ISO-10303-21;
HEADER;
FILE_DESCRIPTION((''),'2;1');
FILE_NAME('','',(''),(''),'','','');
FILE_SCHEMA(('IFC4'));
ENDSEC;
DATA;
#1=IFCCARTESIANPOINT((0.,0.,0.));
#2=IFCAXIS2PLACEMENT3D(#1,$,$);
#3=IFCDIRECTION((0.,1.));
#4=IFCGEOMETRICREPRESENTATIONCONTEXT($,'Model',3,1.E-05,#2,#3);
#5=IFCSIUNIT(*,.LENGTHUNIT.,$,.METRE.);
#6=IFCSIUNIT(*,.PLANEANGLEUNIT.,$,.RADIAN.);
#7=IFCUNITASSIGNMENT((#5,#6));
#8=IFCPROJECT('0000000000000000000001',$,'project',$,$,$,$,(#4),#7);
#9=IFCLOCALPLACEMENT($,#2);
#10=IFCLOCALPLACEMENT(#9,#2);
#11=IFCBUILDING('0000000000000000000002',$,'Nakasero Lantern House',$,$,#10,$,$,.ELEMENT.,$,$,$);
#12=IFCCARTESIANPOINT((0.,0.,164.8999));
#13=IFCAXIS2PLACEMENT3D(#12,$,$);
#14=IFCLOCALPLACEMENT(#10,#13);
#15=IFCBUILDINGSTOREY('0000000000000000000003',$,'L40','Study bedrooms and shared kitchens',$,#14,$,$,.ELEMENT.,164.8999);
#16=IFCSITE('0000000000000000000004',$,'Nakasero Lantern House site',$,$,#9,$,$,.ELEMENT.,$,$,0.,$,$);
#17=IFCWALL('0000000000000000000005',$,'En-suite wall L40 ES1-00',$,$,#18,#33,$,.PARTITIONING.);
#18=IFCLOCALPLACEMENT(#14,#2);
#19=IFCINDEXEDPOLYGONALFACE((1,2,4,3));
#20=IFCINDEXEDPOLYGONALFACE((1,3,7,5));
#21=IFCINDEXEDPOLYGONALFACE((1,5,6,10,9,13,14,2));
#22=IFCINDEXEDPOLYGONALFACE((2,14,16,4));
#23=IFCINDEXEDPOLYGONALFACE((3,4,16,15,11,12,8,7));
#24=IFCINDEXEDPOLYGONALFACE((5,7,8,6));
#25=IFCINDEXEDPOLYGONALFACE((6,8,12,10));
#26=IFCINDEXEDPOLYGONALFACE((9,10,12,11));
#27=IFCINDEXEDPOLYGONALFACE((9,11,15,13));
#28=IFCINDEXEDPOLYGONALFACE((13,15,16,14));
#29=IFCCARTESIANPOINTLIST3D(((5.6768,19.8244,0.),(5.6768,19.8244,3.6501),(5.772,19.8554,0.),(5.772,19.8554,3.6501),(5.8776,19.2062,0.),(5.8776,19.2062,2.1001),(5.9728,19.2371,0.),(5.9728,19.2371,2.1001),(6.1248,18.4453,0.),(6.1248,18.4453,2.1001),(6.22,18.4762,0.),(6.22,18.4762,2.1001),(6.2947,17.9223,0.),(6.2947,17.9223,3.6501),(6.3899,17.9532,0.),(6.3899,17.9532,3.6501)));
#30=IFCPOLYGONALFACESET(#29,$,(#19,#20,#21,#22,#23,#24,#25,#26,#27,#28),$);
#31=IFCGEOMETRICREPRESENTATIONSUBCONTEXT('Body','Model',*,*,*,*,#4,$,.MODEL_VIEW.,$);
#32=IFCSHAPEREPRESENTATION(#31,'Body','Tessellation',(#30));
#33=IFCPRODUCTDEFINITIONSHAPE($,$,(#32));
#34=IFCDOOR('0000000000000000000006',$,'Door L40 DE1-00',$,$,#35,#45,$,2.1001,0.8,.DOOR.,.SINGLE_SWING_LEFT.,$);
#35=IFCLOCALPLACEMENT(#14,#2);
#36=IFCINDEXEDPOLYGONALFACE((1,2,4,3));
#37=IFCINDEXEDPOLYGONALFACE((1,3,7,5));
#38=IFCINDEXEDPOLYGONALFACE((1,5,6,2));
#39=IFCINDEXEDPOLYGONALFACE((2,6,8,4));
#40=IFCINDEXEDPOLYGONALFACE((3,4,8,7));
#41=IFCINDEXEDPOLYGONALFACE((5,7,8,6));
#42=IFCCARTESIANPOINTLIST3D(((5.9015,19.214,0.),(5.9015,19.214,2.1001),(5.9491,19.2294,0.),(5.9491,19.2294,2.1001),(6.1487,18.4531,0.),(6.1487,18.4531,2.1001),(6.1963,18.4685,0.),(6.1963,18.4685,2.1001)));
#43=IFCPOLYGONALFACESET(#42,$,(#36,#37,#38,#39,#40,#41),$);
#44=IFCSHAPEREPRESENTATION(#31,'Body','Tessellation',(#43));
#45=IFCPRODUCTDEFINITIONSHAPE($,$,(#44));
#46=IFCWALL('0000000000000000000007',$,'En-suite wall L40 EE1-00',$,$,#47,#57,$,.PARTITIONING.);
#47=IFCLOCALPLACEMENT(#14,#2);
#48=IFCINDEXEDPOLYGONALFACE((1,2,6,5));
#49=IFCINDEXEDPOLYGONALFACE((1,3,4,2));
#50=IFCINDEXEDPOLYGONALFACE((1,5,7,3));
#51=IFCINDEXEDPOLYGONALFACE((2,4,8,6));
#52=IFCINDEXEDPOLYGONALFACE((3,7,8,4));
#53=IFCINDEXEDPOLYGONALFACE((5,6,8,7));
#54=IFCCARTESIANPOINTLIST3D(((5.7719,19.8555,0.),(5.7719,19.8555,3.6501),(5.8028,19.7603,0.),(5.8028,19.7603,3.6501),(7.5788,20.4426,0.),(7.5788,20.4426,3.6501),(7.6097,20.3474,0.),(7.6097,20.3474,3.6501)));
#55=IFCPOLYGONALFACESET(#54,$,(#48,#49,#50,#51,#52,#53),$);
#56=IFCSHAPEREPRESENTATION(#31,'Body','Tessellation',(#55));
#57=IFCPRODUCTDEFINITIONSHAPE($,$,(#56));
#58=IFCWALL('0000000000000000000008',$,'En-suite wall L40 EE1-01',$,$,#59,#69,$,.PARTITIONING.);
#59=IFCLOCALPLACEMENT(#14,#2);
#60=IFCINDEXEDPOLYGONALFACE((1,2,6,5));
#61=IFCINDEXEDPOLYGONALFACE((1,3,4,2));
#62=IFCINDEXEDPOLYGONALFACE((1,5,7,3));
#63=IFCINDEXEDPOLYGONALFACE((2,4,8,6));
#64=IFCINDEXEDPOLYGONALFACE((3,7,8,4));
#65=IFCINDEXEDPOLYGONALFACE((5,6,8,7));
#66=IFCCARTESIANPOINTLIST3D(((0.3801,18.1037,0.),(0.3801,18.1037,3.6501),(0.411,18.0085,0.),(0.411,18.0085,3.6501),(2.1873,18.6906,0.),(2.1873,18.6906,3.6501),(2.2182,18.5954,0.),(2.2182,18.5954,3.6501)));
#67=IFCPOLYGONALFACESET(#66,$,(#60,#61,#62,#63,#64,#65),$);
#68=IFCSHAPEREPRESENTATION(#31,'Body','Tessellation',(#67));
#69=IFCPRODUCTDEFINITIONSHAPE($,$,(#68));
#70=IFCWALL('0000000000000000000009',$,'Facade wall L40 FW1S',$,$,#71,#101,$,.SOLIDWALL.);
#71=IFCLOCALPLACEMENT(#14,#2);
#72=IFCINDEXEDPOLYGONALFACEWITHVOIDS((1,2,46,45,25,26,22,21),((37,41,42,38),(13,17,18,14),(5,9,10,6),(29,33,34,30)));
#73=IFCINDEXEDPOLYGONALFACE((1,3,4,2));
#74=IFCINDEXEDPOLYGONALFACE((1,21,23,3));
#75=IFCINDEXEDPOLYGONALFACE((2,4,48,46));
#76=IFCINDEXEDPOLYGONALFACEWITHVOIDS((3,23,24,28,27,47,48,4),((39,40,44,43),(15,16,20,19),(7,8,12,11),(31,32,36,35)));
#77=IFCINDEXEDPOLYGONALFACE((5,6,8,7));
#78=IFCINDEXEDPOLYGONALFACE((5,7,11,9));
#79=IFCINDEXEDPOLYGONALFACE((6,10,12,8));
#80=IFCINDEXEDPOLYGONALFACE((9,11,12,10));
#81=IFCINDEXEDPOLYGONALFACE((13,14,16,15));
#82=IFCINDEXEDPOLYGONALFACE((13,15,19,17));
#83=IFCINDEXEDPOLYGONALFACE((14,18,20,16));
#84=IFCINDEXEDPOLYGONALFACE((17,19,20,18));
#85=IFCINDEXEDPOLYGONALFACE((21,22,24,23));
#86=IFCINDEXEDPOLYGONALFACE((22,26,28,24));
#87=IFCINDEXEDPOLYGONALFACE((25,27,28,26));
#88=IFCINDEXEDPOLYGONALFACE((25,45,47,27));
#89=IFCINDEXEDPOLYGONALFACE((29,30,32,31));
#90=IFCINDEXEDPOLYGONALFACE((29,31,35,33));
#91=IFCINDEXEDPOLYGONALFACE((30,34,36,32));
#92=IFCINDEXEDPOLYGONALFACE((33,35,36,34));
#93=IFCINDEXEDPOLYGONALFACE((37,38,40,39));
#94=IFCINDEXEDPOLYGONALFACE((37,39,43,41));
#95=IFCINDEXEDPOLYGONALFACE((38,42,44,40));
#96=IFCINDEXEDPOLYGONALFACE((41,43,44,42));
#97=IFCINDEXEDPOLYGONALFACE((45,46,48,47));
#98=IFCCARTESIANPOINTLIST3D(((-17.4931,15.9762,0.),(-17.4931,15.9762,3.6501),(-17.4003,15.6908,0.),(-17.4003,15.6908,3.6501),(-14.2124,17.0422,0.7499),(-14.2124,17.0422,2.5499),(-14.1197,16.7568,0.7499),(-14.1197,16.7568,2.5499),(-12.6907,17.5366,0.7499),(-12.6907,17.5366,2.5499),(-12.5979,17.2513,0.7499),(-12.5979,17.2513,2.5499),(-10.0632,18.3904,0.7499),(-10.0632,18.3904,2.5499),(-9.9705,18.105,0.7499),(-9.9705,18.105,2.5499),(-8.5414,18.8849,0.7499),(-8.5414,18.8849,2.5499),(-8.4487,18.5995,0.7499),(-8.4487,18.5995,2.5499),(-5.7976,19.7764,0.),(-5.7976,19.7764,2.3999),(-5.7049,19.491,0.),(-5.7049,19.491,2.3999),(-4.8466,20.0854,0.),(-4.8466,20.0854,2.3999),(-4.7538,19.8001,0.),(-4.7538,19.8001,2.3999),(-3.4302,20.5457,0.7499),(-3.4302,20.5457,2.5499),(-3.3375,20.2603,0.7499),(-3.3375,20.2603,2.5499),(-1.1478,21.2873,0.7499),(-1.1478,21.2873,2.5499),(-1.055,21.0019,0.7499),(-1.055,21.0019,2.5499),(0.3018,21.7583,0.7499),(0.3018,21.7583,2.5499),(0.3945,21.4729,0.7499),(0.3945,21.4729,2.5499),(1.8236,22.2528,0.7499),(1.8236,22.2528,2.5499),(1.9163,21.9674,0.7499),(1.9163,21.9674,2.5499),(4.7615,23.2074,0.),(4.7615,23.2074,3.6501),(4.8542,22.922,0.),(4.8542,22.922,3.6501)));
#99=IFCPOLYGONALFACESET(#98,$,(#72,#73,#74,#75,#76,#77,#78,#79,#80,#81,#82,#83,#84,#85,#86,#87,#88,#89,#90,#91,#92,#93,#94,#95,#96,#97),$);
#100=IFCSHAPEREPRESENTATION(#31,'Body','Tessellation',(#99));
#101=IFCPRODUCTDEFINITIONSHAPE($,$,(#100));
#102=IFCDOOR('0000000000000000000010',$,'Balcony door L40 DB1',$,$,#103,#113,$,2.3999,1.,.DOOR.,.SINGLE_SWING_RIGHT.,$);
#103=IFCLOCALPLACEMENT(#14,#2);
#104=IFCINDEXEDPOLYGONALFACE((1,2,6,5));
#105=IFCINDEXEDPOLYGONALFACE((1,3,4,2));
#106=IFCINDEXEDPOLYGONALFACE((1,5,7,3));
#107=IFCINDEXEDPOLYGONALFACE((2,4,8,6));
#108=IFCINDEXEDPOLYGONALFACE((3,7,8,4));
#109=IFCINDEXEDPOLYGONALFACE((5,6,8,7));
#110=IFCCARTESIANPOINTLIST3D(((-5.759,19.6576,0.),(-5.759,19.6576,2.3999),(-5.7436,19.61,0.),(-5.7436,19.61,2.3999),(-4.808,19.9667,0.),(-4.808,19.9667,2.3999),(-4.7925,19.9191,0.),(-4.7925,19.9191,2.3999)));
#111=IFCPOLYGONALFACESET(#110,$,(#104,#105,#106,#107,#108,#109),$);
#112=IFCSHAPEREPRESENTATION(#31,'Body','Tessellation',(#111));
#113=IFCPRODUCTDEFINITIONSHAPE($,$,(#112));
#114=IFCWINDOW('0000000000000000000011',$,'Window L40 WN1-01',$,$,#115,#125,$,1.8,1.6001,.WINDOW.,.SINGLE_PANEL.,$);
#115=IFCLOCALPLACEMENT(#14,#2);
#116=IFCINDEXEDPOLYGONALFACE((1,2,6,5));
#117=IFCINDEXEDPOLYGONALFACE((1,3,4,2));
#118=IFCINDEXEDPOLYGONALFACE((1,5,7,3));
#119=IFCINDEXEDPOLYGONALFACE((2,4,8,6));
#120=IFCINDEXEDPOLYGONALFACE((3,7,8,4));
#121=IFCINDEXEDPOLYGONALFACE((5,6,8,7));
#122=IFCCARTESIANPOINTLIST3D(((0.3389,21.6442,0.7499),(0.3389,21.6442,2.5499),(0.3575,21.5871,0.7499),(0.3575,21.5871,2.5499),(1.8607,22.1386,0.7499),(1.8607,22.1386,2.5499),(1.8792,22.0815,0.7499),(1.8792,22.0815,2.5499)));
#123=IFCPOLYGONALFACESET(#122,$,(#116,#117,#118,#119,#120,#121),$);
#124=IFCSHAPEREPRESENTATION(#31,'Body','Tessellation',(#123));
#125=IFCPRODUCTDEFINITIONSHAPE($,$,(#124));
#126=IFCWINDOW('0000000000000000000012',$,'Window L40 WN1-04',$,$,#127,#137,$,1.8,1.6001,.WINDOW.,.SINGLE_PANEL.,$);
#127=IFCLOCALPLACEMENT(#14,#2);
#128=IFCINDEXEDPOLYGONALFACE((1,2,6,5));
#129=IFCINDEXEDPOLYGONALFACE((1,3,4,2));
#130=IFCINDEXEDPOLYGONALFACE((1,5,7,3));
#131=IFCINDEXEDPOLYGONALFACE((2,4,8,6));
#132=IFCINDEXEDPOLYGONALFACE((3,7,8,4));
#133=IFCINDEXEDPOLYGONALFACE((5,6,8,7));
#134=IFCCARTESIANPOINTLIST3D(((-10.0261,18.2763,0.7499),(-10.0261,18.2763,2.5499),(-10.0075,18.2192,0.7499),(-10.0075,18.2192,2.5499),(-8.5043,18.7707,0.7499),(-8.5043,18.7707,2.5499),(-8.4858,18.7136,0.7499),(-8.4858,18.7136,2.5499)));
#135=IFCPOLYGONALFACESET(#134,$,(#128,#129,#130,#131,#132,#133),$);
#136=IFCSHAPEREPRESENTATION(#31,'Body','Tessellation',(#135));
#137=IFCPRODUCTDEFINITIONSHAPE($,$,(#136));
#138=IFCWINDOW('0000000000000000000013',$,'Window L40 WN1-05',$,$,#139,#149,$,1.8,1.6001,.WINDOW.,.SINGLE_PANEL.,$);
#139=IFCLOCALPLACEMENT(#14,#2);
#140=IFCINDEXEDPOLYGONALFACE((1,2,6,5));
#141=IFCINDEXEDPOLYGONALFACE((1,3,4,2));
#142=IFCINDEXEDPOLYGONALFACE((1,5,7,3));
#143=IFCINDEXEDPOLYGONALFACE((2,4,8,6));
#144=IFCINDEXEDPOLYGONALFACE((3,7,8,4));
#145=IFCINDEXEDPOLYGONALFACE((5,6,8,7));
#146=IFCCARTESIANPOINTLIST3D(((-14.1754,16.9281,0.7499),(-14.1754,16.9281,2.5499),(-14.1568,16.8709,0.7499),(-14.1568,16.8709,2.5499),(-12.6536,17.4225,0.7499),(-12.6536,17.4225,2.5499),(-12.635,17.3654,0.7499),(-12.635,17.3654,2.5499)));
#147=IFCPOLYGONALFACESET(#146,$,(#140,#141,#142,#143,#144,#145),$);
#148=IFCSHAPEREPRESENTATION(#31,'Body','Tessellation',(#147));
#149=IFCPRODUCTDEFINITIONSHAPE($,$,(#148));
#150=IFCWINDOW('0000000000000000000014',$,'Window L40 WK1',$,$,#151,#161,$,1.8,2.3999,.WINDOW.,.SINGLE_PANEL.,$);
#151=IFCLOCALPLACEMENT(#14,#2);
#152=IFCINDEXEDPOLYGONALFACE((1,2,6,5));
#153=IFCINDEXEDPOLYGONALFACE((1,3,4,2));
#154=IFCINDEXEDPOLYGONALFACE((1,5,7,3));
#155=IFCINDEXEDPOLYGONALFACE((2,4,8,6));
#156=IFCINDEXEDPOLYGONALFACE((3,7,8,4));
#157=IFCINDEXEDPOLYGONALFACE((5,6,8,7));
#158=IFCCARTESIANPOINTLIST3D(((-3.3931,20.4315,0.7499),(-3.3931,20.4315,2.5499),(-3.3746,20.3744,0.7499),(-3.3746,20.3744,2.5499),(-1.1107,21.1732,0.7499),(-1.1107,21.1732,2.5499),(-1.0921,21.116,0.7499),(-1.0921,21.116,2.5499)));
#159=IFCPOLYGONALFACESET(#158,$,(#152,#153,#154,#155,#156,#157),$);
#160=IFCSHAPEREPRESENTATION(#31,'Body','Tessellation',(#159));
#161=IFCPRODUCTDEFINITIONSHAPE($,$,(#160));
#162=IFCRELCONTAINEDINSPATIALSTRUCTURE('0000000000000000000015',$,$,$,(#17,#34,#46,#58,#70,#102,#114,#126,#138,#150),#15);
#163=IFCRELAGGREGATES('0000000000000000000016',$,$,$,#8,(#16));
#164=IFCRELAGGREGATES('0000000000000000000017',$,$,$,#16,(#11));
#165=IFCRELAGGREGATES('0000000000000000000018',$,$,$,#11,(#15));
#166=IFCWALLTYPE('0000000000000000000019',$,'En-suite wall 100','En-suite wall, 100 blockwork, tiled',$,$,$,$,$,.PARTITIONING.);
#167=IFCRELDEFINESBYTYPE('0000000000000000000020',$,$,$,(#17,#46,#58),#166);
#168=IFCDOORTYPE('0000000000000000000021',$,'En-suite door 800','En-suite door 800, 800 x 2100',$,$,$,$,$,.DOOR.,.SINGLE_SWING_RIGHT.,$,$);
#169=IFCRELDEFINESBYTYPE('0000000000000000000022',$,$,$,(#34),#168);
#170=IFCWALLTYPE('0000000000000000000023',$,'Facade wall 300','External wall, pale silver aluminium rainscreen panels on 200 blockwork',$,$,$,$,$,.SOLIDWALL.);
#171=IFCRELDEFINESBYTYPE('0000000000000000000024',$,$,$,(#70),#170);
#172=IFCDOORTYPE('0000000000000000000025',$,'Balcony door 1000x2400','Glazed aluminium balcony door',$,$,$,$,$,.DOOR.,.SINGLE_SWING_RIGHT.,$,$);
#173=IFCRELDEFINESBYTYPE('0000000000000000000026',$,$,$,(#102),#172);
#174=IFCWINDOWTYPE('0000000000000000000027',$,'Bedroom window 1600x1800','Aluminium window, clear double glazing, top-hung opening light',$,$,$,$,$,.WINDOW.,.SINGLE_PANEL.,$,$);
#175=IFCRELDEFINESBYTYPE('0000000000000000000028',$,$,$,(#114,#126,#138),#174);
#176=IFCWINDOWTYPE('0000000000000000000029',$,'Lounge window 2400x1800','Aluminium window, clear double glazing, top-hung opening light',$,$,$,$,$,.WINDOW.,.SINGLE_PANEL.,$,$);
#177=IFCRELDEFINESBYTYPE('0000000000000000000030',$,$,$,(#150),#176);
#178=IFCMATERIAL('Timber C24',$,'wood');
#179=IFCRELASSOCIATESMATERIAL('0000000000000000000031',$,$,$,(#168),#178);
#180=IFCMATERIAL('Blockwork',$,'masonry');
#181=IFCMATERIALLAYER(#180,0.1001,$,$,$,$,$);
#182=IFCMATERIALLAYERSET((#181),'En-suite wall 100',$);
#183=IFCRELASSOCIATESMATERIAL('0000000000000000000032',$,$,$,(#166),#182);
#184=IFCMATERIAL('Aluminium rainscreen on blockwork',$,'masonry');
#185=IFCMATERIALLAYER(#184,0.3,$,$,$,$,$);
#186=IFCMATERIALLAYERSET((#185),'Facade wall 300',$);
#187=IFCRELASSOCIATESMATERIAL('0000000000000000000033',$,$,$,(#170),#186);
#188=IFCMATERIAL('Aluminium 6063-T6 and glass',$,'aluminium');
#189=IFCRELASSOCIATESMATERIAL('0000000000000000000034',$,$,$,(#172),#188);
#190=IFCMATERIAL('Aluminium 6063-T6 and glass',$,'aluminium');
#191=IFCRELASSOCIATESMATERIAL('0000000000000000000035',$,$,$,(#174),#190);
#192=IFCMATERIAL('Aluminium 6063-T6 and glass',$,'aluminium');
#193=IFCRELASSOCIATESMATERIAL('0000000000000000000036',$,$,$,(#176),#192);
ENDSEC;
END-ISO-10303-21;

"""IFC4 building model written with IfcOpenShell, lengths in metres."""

from ifc_helpers import new_model, si_unit, direction, frame, frame_2d, origin, place, context, subcontext, project, spatial, rectangle, extrude, material, layer, layer_set, type_object, element, fill, save


model = new_model("IFC4")

# Units and contexts
model_context = context("Model", 3, precision=1e-05, world=origin(), true_north=direction((0.0, 1.0)))
body_context = subcontext(model_context, "Body", "Model", "MODEL_VIEW")
ifc_project = project(units=[si_unit("LENGTHUNIT", "METRE"), si_unit("PLANEANGLEUNIT", "RADIAN")], contexts=[model_context])

# Site, building, storey
site_placement = place(None, origin())
site = spatial("IfcSite", under=ifc_project, at=site_placement, Name="Nakasero Lantern House site", CompositionType="ELEMENT", RefElevation=0.0)
building_placement = place(site_placement, origin())
building = spatial("IfcBuilding", under=site, at=building_placement, Name="Nakasero Lantern House", CompositionType="ELEMENT")
storey_placement = place(building_placement, frame((0.0, 0.0, 164.8999)))
storey = spatial("IfcBuildingStorey", under=building, at=storey_placement, Name="L40", Description="Study bedrooms and shared kitchens", CompositionType="ELEMENT", Elevation=164.8999)

# Shared definitions
ifc_material_1 = material(Name="Timber C24", Category="wood")
door_type_1 = type_object("IfcDoorType", Name="En-suite door 800", Description="En-suite door 800, 800 x 2100", OperationType="SINGLE_SWING_RIGHT", PredefinedType="DOOR", material=ifc_material_1)

# Shared definitions
ifc_material_2 = material(Name="Blockwork", Category="masonry")
ifc_layer_1 = layer(ifc_material_2, 0.1001)
ifc_layer_set_1 = layer_set([ifc_layer_1], Name="En-suite wall 100")
wall_type_1 = type_object("IfcWallType", Name="En-suite wall 100", Description="En-suite wall, 100 blockwork, tiled", PredefinedType="PARTITIONING", material=ifc_layer_set_1)

# Wall, opening, door
wall_1_placement = place(storey_placement, frame((6.3423, 17.9377, 0.0), z_axis=(0.0, 0.0, 1.0), x_axis=(-0.308967, 0.951073, 0.0)))
wall_1 = element("IfcWall", 1, at=wall_1_placement, inside=storey, type_object=wall_type_1, Name="En-suite wall L40 ES1-00", PredefinedType="PARTITIONING", context=body_context, shape_type="SweptSolid", body=[
    extrude(rectangle(XDim=2.0, YDim=0.1001, at=frame_2d((1.0, 0.0))), origin(), (0.0, 0.0, 1.0), 3.6501),
])
opening_1_placement = place(wall_1_placement, frame((0.55, 0.0, 0.0)))
opening_1 = element("IfcOpeningElement", 2, at=opening_1_placement, cuts=wall_1, PredefinedType="OPENING", context=body_context, shape_type="SweptSolid", body=[
    extrude(rectangle(XDim=0.8, YDim=2.1001, at=frame_2d((0.3999, 1.05))), frame((0.0, 0.0701, 0.0), z_axis=(0.0, -1.0, 0.0), x_axis=(1.0, 0.0, 0.0)), (0.0, 0.0, 1.0), 0.1401),
])
door_1_placement = place(opening_1_placement, origin())
door_1 = element("IfcDoor", 3, at=door_1_placement, inside=storey, type_object=door_type_1, Name="Door L40 DE1-00", OperationType="SINGLE_SWING_LEFT", OverallHeight=2.1001, OverallWidth=0.8, PredefinedType="DOOR", context=body_context, shape_type="SweptSolid", body=[
    extrude(rectangle(XDim=0.8, YDim=2.1001, at=frame_2d((0.3999, 1.05))), frame((0.0, 0.0249, 0.0), z_axis=(0.0, -1.0, 0.0), x_axis=(1.0, 0.0, 0.0)), (0.0, 0.0, 1.0), 0.05),
])
fill(opening_1, door_1)

# Walls
wall_2_placement = place(storey_placement, frame((7.5942, 20.395, 0.0), z_axis=(0.0, 0.0, 1.0), x_axis=(-0.951046, -0.309048, 0.0)))
element("IfcWall", 4, at=wall_2_placement, inside=storey, type_object=wall_type_1, Name="En-suite wall L40 EE1-00", PredefinedType="PARTITIONING", context=body_context, shape_type="SweptSolid", body=[
    extrude(rectangle(XDim=1.8999, YDim=0.1001, at=frame_2d((0.95, 0.0))), origin(), (0.0, 0.0, 1.0), 3.6501),
])
wall_3_placement = place(storey_placement, frame((2.2029, 18.6431, 0.0), z_axis=(0.0, 0.0, 1.0), x_axis=(-0.951096, -0.308894, 0.0)))
element("IfcWall", 5, at=wall_3_placement, inside=storey, type_object=wall_type_1, Name="En-suite wall L40 EE1-01", PredefinedType="PARTITIONING", context=body_context, shape_type="SweptSolid", body=[
    extrude(rectangle(XDim=1.9001, YDim=0.1001, at=frame_2d((0.9502, 0.0))), origin(), (0.0, 0.0, 1.0), 3.6501),
])

# Wall, openings, door, windows
ifc_material_3 = material(Name="Aluminium rainscreen on blockwork", Category="masonry")
ifc_layer_2 = layer(ifc_material_3, 0.3)
ifc_layer_set_2 = layer_set([ifc_layer_2], Name="Facade wall 300")
wall_type_2 = type_object("IfcWallType", Name="Facade wall 300", Description="External wall, pale silver aluminium rainscreen panels on 200 blockwork", PredefinedType="SOLIDWALL", material=ifc_layer_set_2)
wall_4_placement = place(storey_placement, frame((4.8079, 23.0647, 0.0), z_axis=(0.0, 0.0, 1.0), x_axis=(-0.951054, -0.309026, 0.0)))
wall_4 = element("IfcWall", 6, at=wall_4_placement, inside=storey, type_object=wall_type_2, Name="Facade wall L40 FW1S", PredefinedType="SOLIDWALL", context=body_context, shape_type="SweptSolid", body=[
    extrude(rectangle(XDim=23.3999, YDim=0.3, at=frame_2d((11.7, 0.0))), origin(), (0.0, 0.0, 1.0), 3.6501),
])
opening_2_placement = place(wall_4_placement, frame((3.0891, 0.0, 0.75)))
opening_2 = element("IfcOpeningElement", 7, at=opening_2_placement, cuts=wall_4, PredefinedType="OPENING", context=body_context, shape_type="SweptSolid", body=[
    extrude(rectangle(XDim=1.6001, YDim=1.8, at=frame_2d((0.8, 0.8999))), frame((0.0, 0.1699, 0.0), z_axis=(0.0, -1.0, 0.0), x_axis=(1.0, 0.0, 0.0)), (0.0, 0.0, 1.0), 0.3401),
])
opening_3_placement = place(wall_4_placement, frame((13.9875, 0.0, 0.75)))
opening_3 = element("IfcOpeningElement", 8, at=opening_3_placement, cuts=wall_4, PredefinedType="OPENING", context=body_context, shape_type="SweptSolid", body=[
    extrude(rectangle(XDim=1.6001, YDim=1.8, at=frame_2d((0.8, 0.8999))), frame((0.0, 0.1699, 0.0), z_axis=(0.0, -1.0, 0.0), x_axis=(1.0, 0.0, 0.0)), (0.0, 0.0, 1.0), 0.3401),
])
opening_4_placement = place(wall_4_placement, frame((18.3503, 0.0, 0.75)))
opening_4 = element("IfcOpeningElement", 9, at=opening_4_placement, cuts=wall_4, PredefinedType="OPENING", context=body_context, shape_type="SweptSolid", body=[
    extrude(rectangle(XDim=1.6001, YDim=1.8, at=frame_2d((0.8, 0.8999))), frame((0.0, 0.1699, 0.0), z_axis=(0.0, -1.0, 0.0), x_axis=(1.0, 0.0, 0.0)), (0.0, 0.0, 1.0), 0.3401),
])
opening_5_placement = place(wall_4_placement, frame((6.2134, 0.0, 0.75)))
opening_5 = element("IfcOpeningElement", 10, at=opening_5_placement, cuts=wall_4, PredefinedType="OPENING", context=body_context, shape_type="SweptSolid", body=[
    extrude(rectangle(XDim=2.3999, YDim=1.8, at=frame_2d((1.2, 0.8999))), frame((0.0, 0.1699, 0.0), z_axis=(0.0, -1.0, 0.0), x_axis=(1.0, 0.0, 0.0)), (0.0, 0.0, 1.0), 0.3401),
])
opening_6_placement = place(wall_4_placement, frame((10.1025, 0.0, 0.0)))
opening_6 = element("IfcOpeningElement", 11, at=opening_6_placement, cuts=wall_4, PredefinedType="OPENING", context=body_context, shape_type="SweptSolid", body=[
    extrude(rectangle(XDim=1.0, YDim=2.3999, at=frame_2d((0.5, 1.2))), frame((0.0, 0.1699, 0.0), z_axis=(0.0, -1.0, 0.0), x_axis=(1.0, 0.0, 0.0)), (0.0, 0.0, 1.0), 0.3401),
])
ifc_material_4 = material(Name="Aluminium 6063-T6 and glass", Category="aluminium")
door_type_2 = type_object("IfcDoorType", Name="Balcony door 1000x2400", Description="Glazed aluminium balcony door", OperationType="SINGLE_SWING_RIGHT", PredefinedType="DOOR", material=ifc_material_4)
door_2_placement = place(opening_6_placement, origin())
door_2 = element("IfcDoor", 12, at=door_2_placement, inside=storey, type_object=door_type_2, Name="Balcony door L40 DB1", OperationType="SINGLE_SWING_RIGHT", OverallHeight=2.3999, OverallWidth=1.0, PredefinedType="DOOR", context=body_context, shape_type="SweptSolid", body=[
    extrude(rectangle(XDim=1.0, YDim=2.3999, at=frame_2d((0.5, 1.2))), frame((0.0, 0.0249, 0.0), z_axis=(0.0, -1.0, 0.0), x_axis=(1.0, 0.0, 0.0)), (0.0, 0.0, 1.0), 0.05),
])
fill(opening_6, door_2)
ifc_material_5 = material(Name="Aluminium 6063-T6 and glass", Category="aluminium")
window_type_1 = type_object("IfcWindowType", Name="Bedroom window 1600x1800", Description="Aluminium window, clear double glazing, top-hung opening light", PartitioningType="SINGLE_PANEL", PredefinedType="WINDOW", material=ifc_material_5)
window_1_placement = place(opening_2_placement, origin())
window_1 = element("IfcWindow", 13, at=window_1_placement, inside=storey, type_object=window_type_1, Name="Window L40 WN1-01", OverallHeight=1.8, OverallWidth=1.6001, PartitioningType="SINGLE_PANEL", PredefinedType="WINDOW", context=body_context, shape_type="SweptSolid", body=[
    extrude(rectangle(XDim=1.6001, YDim=1.8, at=frame_2d((0.8, 0.8999))), frame((0.0, 0.03, 0.0), z_axis=(0.0, -1.0, 0.0), x_axis=(1.0, 0.0, 0.0)), (0.0, 0.0, 1.0), 0.0601),
])
fill(opening_2, window_1)
window_2_placement = place(opening_3_placement, origin())
window_2 = element("IfcWindow", 14, at=window_2_placement, inside=storey, type_object=window_type_1, Name="Window L40 WN1-04", OverallHeight=1.8, OverallWidth=1.6001, PartitioningType="SINGLE_PANEL", PredefinedType="WINDOW", context=body_context, shape_type="SweptSolid", body=[
    extrude(rectangle(XDim=1.6001, YDim=1.8, at=frame_2d((0.8, 0.8999))), frame((0.0, 0.03, 0.0), z_axis=(0.0, -1.0, 0.0), x_axis=(1.0, 0.0, 0.0)), (0.0, 0.0, 1.0), 0.0601),
])
fill(opening_3, window_2)
window_3_placement = place(opening_4_placement, origin())
window_3 = element("IfcWindow", 15, at=window_3_placement, inside=storey, type_object=window_type_1, Name="Window L40 WN1-05", OverallHeight=1.8, OverallWidth=1.6001, PartitioningType="SINGLE_PANEL", PredefinedType="WINDOW", context=body_context, shape_type="SweptSolid", body=[
    extrude(rectangle(XDim=1.6001, YDim=1.8, at=frame_2d((0.8, 0.8999))), frame((0.0, 0.03, 0.0), z_axis=(0.0, -1.0, 0.0), x_axis=(1.0, 0.0, 0.0)), (0.0, 0.0, 1.0), 0.0601),
])
fill(opening_4, window_3)
ifc_material_6 = material(Name="Aluminium 6063-T6 and glass", Category="aluminium")
window_type_2 = type_object("IfcWindowType", Name="Lounge window 2400x1800", Description="Aluminium window, clear double glazing, top-hung opening light", PartitioningType="SINGLE_PANEL", PredefinedType="WINDOW", material=ifc_material_6)
window_4_placement = place(opening_5_placement, origin())
window_4 = element("IfcWindow", 16, at=window_4_placement, inside=storey, type_object=window_type_2, Name="Window L40 WK1", OverallHeight=1.8, OverallWidth=2.3999, PartitioningType="SINGLE_PANEL", PredefinedType="WINDOW", context=body_context, shape_type="SweptSolid", body=[
    extrude(rectangle(XDim=2.3999, YDim=1.8, at=frame_2d((1.2, 0.8999))), frame((0.0, 0.03, 0.0), z_axis=(0.0, -1.0, 0.0), x_axis=(1.0, 0.0, 0.0)), (0.0, 0.0, 1.0), 0.0601),
])
fill(opening_5, window_4)

save(model, "model.ifc")
